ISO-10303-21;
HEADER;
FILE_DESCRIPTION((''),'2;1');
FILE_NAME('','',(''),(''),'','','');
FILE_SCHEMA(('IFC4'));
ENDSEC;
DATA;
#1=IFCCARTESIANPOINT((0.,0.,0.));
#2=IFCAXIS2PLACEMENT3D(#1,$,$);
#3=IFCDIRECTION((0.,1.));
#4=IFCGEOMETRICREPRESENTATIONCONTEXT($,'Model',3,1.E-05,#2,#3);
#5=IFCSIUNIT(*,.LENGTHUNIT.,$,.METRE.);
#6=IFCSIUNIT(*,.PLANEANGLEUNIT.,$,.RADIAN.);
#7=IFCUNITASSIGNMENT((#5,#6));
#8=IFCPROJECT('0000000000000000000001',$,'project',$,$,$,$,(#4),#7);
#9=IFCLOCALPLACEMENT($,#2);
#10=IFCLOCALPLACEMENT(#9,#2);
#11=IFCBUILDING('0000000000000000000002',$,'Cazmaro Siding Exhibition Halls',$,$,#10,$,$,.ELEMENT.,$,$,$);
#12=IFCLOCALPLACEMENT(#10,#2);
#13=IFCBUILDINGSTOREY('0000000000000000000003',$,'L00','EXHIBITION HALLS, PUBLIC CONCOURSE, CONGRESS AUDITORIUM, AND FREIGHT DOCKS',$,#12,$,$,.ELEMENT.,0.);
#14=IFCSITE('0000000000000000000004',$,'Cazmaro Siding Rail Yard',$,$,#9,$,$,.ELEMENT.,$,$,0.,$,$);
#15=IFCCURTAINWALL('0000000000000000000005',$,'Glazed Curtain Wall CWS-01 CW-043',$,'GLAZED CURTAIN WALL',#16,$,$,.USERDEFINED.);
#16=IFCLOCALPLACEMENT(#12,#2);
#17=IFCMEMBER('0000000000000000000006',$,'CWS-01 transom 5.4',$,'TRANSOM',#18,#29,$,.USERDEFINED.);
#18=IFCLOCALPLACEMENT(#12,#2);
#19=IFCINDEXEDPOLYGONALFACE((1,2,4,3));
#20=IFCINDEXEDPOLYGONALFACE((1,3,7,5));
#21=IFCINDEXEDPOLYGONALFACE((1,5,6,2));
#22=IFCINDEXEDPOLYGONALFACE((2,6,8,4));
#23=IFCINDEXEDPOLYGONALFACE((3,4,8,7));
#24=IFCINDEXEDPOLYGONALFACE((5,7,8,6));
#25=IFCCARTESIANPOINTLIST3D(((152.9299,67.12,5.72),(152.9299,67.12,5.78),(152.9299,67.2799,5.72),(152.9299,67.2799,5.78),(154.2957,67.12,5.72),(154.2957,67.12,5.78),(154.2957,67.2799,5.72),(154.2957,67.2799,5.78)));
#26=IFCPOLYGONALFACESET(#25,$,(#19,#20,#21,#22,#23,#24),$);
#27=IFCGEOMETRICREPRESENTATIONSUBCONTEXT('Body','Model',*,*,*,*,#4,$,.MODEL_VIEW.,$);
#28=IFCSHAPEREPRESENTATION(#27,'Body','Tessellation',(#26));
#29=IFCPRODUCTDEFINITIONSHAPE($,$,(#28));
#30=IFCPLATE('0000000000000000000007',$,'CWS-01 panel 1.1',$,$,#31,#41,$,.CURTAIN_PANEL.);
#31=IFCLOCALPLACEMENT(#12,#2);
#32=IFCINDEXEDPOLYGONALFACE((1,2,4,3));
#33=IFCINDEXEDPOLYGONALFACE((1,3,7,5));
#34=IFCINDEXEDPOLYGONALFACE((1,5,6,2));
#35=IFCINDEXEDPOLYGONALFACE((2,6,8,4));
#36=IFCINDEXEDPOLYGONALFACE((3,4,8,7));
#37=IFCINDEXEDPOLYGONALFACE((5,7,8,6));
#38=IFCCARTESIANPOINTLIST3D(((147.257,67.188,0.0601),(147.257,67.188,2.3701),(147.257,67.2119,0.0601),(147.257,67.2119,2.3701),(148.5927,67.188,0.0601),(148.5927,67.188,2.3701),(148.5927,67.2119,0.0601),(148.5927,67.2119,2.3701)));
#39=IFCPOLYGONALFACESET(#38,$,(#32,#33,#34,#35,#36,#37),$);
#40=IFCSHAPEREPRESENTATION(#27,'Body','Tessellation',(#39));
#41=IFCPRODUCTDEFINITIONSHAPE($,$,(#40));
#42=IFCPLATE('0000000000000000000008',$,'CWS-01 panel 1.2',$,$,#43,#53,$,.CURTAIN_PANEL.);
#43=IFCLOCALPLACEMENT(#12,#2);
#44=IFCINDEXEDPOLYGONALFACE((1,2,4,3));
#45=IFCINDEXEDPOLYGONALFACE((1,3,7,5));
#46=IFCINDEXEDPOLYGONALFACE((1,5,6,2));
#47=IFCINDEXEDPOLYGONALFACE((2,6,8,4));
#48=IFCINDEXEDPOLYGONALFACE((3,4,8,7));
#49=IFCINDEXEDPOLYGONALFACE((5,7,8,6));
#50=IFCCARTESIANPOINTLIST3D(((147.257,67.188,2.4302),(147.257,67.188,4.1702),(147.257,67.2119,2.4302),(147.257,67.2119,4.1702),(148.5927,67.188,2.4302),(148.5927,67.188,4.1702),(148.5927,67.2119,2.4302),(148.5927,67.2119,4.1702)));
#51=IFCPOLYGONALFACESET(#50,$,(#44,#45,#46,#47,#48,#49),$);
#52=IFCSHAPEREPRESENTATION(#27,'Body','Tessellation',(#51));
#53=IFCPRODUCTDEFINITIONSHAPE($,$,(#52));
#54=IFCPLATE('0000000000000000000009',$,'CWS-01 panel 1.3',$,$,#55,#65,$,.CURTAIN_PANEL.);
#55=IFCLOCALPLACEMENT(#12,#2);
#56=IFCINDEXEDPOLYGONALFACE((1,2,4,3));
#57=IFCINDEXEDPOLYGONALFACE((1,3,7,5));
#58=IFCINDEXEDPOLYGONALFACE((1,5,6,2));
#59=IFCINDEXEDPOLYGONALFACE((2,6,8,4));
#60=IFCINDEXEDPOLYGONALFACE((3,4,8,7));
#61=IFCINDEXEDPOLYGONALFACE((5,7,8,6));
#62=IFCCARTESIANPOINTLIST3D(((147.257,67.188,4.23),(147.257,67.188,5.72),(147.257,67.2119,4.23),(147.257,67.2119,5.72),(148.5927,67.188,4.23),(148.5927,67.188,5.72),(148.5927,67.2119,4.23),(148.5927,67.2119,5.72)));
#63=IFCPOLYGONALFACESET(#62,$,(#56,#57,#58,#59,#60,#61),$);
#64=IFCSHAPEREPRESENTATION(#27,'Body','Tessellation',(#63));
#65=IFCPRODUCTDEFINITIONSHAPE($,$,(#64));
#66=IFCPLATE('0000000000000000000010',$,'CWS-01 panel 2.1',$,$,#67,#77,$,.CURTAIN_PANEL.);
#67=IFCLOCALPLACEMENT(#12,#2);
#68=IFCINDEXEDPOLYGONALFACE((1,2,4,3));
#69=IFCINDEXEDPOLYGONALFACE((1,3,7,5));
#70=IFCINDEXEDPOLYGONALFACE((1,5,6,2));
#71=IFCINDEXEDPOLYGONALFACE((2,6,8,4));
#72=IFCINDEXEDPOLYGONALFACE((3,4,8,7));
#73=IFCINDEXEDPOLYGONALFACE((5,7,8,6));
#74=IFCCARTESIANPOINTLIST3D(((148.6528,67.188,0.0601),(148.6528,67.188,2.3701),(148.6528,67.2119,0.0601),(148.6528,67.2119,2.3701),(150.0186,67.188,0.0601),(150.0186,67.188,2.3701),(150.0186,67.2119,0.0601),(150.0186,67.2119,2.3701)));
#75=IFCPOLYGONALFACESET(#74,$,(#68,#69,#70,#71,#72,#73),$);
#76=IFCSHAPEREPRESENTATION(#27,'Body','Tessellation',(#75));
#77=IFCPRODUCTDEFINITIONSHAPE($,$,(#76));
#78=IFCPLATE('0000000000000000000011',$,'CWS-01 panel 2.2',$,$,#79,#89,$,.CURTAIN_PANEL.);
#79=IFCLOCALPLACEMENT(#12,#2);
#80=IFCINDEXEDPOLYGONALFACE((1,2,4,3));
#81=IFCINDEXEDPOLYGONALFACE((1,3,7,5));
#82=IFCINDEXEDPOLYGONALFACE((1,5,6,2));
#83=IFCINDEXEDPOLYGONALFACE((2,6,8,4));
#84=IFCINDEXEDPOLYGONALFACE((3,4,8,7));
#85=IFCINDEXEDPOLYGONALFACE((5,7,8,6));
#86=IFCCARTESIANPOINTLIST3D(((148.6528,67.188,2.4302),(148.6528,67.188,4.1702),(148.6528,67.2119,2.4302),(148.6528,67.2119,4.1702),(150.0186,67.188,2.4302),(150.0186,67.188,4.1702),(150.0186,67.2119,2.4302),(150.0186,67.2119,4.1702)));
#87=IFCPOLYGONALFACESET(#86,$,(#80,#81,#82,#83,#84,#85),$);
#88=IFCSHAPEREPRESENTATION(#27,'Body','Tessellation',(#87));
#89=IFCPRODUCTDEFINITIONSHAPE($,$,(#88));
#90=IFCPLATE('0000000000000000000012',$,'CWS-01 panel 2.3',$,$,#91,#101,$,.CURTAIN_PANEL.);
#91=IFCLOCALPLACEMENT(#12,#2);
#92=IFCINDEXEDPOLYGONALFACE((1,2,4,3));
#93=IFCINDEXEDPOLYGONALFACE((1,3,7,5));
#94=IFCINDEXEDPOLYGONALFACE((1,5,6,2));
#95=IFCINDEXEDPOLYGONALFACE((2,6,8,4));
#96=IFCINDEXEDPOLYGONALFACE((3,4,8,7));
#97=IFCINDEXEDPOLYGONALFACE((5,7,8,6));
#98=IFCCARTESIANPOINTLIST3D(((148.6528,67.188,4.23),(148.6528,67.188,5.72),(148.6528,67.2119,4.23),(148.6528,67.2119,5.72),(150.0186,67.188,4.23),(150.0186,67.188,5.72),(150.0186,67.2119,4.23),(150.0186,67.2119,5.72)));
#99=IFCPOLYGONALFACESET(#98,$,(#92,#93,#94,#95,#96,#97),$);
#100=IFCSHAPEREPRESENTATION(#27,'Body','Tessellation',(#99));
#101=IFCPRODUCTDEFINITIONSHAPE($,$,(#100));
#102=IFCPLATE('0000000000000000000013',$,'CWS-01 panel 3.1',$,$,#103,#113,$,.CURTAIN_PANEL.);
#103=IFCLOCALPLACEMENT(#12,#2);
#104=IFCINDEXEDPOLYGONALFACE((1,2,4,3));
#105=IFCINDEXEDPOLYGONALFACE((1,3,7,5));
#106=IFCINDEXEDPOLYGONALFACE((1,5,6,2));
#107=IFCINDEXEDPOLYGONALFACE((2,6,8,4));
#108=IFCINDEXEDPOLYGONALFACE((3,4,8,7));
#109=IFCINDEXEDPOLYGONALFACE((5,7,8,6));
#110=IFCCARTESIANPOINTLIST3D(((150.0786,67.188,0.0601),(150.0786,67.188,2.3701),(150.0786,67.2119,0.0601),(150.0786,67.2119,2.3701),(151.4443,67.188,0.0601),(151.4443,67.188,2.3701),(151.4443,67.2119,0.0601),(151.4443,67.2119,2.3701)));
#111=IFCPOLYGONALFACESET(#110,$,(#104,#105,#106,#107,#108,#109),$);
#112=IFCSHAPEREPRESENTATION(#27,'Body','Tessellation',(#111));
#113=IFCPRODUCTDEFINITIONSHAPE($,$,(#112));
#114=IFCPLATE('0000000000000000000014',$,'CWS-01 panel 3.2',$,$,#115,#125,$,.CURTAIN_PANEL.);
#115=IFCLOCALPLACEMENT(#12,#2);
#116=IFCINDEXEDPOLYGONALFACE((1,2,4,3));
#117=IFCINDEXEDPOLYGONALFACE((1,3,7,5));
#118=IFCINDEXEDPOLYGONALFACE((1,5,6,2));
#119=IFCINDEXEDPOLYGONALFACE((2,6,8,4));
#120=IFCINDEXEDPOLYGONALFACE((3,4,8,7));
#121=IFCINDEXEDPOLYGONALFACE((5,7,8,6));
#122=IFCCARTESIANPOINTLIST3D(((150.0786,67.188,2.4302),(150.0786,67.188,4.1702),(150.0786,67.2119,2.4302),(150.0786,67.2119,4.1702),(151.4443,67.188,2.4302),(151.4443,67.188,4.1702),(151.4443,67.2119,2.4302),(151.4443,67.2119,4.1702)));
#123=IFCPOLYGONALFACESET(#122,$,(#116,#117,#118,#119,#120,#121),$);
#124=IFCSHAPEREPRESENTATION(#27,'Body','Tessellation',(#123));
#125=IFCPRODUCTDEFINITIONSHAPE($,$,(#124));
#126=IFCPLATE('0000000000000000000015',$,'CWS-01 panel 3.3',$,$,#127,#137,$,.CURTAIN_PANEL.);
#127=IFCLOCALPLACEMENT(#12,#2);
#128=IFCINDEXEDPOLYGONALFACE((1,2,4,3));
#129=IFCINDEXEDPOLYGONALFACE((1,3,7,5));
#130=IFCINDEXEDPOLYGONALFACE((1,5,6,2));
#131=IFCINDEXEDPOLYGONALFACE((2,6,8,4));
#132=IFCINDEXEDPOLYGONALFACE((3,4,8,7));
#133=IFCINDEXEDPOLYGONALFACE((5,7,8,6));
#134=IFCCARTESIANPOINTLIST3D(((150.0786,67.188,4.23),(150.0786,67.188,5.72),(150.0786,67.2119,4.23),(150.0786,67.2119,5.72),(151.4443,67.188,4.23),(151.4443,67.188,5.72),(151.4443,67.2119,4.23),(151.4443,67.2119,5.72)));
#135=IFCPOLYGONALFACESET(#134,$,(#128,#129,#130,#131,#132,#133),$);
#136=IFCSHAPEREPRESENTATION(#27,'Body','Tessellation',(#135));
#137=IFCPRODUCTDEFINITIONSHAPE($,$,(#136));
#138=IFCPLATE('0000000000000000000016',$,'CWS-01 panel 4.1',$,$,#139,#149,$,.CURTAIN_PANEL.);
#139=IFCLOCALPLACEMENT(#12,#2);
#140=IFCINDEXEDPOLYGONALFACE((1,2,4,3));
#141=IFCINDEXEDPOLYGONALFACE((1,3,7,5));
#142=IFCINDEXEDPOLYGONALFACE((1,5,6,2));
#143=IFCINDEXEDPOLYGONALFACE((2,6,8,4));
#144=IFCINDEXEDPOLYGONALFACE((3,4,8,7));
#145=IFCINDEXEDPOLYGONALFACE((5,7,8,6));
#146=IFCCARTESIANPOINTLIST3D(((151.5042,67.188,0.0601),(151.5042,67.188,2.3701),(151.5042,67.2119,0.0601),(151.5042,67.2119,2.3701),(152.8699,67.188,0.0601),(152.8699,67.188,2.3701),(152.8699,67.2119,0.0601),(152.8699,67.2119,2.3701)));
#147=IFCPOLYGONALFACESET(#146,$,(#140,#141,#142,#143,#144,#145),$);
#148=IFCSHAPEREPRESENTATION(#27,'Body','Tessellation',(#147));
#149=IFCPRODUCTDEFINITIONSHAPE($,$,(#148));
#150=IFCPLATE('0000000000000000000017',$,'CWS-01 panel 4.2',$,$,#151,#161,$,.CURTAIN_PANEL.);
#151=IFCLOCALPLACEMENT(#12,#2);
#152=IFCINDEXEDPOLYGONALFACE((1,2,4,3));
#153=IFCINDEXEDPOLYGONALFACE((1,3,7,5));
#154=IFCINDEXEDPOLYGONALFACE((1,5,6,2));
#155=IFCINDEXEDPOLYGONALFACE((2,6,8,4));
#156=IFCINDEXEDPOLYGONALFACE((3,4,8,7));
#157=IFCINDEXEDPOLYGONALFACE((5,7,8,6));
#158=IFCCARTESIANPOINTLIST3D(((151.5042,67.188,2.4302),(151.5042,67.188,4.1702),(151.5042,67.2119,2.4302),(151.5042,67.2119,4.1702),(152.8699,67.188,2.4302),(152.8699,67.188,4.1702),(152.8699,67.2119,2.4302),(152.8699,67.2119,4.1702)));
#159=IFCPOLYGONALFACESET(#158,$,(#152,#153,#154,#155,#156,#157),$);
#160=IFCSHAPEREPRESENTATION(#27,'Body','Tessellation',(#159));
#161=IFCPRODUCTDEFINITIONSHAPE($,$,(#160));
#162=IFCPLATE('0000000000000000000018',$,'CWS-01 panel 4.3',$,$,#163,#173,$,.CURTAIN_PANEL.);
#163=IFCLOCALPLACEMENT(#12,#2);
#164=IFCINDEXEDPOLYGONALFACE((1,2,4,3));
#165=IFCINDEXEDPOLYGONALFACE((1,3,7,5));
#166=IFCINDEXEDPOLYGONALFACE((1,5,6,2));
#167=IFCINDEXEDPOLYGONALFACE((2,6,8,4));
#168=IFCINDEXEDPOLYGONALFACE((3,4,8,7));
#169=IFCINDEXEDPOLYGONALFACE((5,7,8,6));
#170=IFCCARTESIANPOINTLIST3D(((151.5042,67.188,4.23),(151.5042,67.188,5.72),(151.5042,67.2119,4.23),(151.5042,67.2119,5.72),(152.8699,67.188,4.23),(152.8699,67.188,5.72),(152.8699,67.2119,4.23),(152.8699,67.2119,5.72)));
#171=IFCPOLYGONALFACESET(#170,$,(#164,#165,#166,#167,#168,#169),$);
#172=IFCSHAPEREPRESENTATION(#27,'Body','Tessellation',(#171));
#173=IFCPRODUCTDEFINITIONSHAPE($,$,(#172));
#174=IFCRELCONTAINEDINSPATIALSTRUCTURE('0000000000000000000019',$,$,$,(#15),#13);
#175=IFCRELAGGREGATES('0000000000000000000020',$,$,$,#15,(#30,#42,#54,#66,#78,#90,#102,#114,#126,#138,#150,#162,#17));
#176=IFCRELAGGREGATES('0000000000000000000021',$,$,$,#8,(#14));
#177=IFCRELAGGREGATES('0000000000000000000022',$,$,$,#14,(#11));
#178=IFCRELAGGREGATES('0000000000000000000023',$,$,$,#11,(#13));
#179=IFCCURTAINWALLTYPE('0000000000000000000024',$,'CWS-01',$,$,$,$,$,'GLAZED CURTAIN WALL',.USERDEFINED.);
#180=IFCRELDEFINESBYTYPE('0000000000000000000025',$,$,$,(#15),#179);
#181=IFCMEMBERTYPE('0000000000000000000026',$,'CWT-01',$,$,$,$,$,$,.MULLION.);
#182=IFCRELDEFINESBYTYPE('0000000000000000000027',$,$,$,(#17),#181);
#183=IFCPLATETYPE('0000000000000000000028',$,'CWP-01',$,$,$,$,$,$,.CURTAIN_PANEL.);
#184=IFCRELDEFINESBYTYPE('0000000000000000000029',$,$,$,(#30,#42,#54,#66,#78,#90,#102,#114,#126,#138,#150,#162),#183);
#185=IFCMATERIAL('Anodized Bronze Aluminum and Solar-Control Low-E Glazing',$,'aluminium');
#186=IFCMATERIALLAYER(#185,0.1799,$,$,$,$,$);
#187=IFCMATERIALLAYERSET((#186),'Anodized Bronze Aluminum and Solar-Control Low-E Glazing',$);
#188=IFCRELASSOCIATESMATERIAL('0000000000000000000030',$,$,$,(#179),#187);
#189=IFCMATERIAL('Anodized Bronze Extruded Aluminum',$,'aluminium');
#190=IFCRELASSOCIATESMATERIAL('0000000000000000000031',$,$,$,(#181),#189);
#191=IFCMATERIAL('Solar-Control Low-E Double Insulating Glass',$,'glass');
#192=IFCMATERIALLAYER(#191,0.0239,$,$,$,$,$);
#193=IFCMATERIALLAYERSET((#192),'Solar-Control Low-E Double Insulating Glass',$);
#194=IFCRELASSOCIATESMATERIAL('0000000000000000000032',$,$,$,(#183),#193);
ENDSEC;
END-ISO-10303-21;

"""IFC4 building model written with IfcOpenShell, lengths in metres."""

from ifc_helpers import new_model, si_unit, direction, frame, origin, origin_2d, place, context, subcontext, project, spatial, rectangle, extrude, material, layer, layer_set, material_profile, profile_set, type_object, element, aggregate, save


model = new_model("IFC4")

# Units and contexts
model_context = context("Model", 3, precision=1e-05, world=origin(), true_north=direction((0.0, 1.0)))
body_context = subcontext(model_context, "Body", "Model", "MODEL_VIEW")
ifc_project = project(units=[si_unit("LENGTHUNIT", "METRE"), si_unit("PLANEANGLEUNIT", "RADIAN")], contexts=[model_context])

# Site, building, storey
site_placement = place(None, origin())
site = spatial("IfcSite", under=ifc_project, at=site_placement, Name="Cazmaro Siding Rail Yard", CompositionType="ELEMENT", RefElevation=0.0)
building_placement = place(site_placement, origin())
building = spatial("IfcBuilding", under=site, at=building_placement, Name="Cazmaro Siding Exhibition Halls", CompositionType="ELEMENT")
storey_placement = place(building_placement, origin())
storey = spatial("IfcBuildingStorey", under=building, at=storey_placement, Name="L00", Description="EXHIBITION HALLS, PUBLIC CONCOURSE, CONGRESS AUDITORIUM, AND FREIGHT DOCKS", CompositionType="ELEMENT", Elevation=0.0)

# Curtain wall, member, plates
ifc_material_1 = material(Name="Anodized Bronze Aluminum and Solar-Control Low-E Glazing", Category="aluminium")
ifc_layer_1 = layer(ifc_material_1, 0.1799)
ifc_layer_set_1 = layer_set([ifc_layer_1], Name="Anodized Bronze Aluminum and Solar-Control Low-E Glazing")
curtain_wall_type = type_object("IfcCurtainWallType", Name="CWS-01", ElementType="GLAZED CURTAIN WALL", PredefinedType="USERDEFINED", material=ifc_layer_set_1)
curtain_wall_placement = place(storey_placement, origin())
curtain_wall = element("IfcCurtainWall", 1, at=curtain_wall_placement, inside=storey, type_object=curtain_wall_type, Name="Glazed Curtain Wall CWS-01 CW-043", ObjectType="GLAZED CURTAIN WALL", PredefinedType="USERDEFINED")
ifc_material_2 = material(Name="Anodized Bronze Extruded Aluminum", Category="aluminium")
ifc_material_profile_1 = material_profile(ifc_material_2, rectangle(XDim=0.1599, YDim=0.0601, at=origin_2d()), Name="CWT-01")
ifc_profile_set_1 = profile_set([ifc_material_profile_1], Name="Anodized Bronze Extruded Aluminum")
member_type_1 = type_object("IfcMemberType", Name="CWT-01", PredefinedType="MULLION", material=ifc_profile_set_1)
member_1_placement = place(storey_placement, frame((152.9299, 67.2, 5.75), z_axis=(1.0, 0.0, 0.0), x_axis=(0.0, 1.0, 0.0)))
member_1 = element("IfcMember", 2, at=member_1_placement, type_object=member_type_1, Name="CWS-01 transom 5.4", ObjectType="TRANSOM", PredefinedType="USERDEFINED", context=body_context, shape_type="SweptSolid", body=[
    extrude(rectangle(XDim=0.1599, YDim=0.0601, at=origin_2d()), origin(), (0.0, 0.0, 1.0), 1.3657),
])
ifc_material_3 = material(Name="Solar-Control Low-E Double Insulating Glass", Category="glass")
ifc_layer_2 = layer(ifc_material_3, 0.0239)
ifc_layer_set_2 = layer_set([ifc_layer_2], Name="Solar-Control Low-E Double Insulating Glass")
plate_type = type_object("IfcPlateType", Name="CWP-01", PredefinedType="CURTAIN_PANEL", material=ifc_layer_set_2)
plate_1_placement = place(storey_placement, frame((147.9248, 67.2, 0.0601), z_axis=(0.0, 0.0, 1.0), x_axis=(1.0, 0.0, 0.0)))
plate_1 = element("IfcPlate", 3, at=plate_1_placement, type_object=plate_type, Name="CWS-01 panel 1.1", PredefinedType="CURTAIN_PANEL", context=body_context, shape_type="SweptSolid", body=[
    extrude(rectangle(XDim=1.3357, YDim=0.0239, at=origin_2d()), origin(), (0.0, 0.0, 1.0), 2.3101),
])
plate_2_placement = place(storey_placement, frame((147.9248, 67.2, 2.4302), z_axis=(0.0, 0.0, 1.0), x_axis=(1.0, 0.0, 0.0)))
plate_2 = element("IfcPlate", 4, at=plate_2_placement, type_object=plate_type, Name="CWS-01 panel 1.2", PredefinedType="CURTAIN_PANEL", context=body_context, shape_type="SweptSolid", body=[
    extrude(rectangle(XDim=1.3357, YDim=0.0239, at=origin_2d()), origin(), (0.0, 0.0, 1.0), 1.74),
])
plate_3_placement = place(storey_placement, frame((147.9248, 67.2, 4.23), z_axis=(0.0, 0.0, 1.0), x_axis=(1.0, 0.0, 0.0)))
plate_3 = element("IfcPlate", 5, at=plate_3_placement, type_object=plate_type, Name="CWS-01 panel 1.3", PredefinedType="CURTAIN_PANEL", context=body_context, shape_type="SweptSolid", body=[
    extrude(rectangle(XDim=1.3357, YDim=0.0239, at=origin_2d()), origin(), (0.0, 0.0, 1.0), 1.49),
])
plate_4_placement = place(storey_placement, frame((149.3357, 67.2, 0.0601), z_axis=(0.0, 0.0, 1.0), x_axis=(1.0, 0.0, 0.0)))
plate_4 = element("IfcPlate", 6, at=plate_4_placement, type_object=plate_type, Name="CWS-01 panel 2.1", PredefinedType="CURTAIN_PANEL", context=body_context, shape_type="SweptSolid", body=[
    extrude(rectangle(XDim=1.3657, YDim=0.0239, at=origin_2d()), origin(), (0.0, 0.0, 1.0), 2.3101),
])
plate_5_placement = place(storey_placement, frame((149.3357, 67.2, 2.4302), z_axis=(0.0, 0.0, 1.0), x_axis=(1.0, 0.0, 0.0)))
plate_5 = element("IfcPlate", 7, at=plate_5_placement, type_object=plate_type, Name="CWS-01 panel 2.2", PredefinedType="CURTAIN_PANEL", context=body_context, shape_type="SweptSolid", body=[
    extrude(rectangle(XDim=1.3657, YDim=0.0239, at=origin_2d()), origin(), (0.0, 0.0, 1.0), 1.74),
])
plate_6_placement = place(storey_placement, frame((149.3357, 67.2, 4.23), z_axis=(0.0, 0.0, 1.0), x_axis=(1.0, 0.0, 0.0)))
plate_6 = element("IfcPlate", 8, at=plate_6_placement, type_object=plate_type, Name="CWS-01 panel 2.3", PredefinedType="CURTAIN_PANEL", context=body_context, shape_type="SweptSolid", body=[
    extrude(rectangle(XDim=1.3657, YDim=0.0239, at=origin_2d()), origin(), (0.0, 0.0, 1.0), 1.49),
])
plate_7_placement = place(storey_placement, frame((150.7615, 67.2, 0.0601), z_axis=(0.0, 0.0, 1.0), x_axis=(1.0, 0.0, 0.0)))
plate_7 = element("IfcPlate", 9, at=plate_7_placement, type_object=plate_type, Name="CWS-01 panel 3.1", PredefinedType="CURTAIN_PANEL", context=body_context, shape_type="SweptSolid", body=[
    extrude(rectangle(XDim=1.3657, YDim=0.0239, at=origin_2d()), origin(), (0.0, 0.0, 1.0), 2.3101),
])
plate_8_placement = place(storey_placement, frame((150.7615, 67.2, 2.4302), z_axis=(0.0, 0.0, 1.0), x_axis=(1.0, 0.0, 0.0)))
plate_8 = element("IfcPlate", 10, at=plate_8_placement, type_object=plate_type, Name="CWS-01 panel 3.2", PredefinedType="CURTAIN_PANEL", context=body_context, shape_type="SweptSolid", body=[
    extrude(rectangle(XDim=1.3657, YDim=0.0239, at=origin_2d()), origin(), (0.0, 0.0, 1.0), 1.74),
])
plate_9_placement = place(storey_placement, frame((150.7615, 67.2, 4.23), z_axis=(0.0, 0.0, 1.0), x_axis=(1.0, 0.0, 0.0)))
plate_9 = element("IfcPlate", 11, at=plate_9_placement, type_object=plate_type, Name="CWS-01 panel 3.3", PredefinedType="CURTAIN_PANEL", context=body_context, shape_type="SweptSolid", body=[
    extrude(rectangle(XDim=1.3657, YDim=0.0239, at=origin_2d()), origin(), (0.0, 0.0, 1.0), 1.49),
])
plate_10_placement = place(storey_placement, frame((152.187, 67.2, 0.0601), z_axis=(0.0, 0.0, 1.0), x_axis=(1.0, 0.0, 0.0)))
plate_10 = element("IfcPlate", 12, at=plate_10_placement, type_object=plate_type, Name="CWS-01 panel 4.1", PredefinedType="CURTAIN_PANEL", context=body_context, shape_type="SweptSolid", body=[
    extrude(rectangle(XDim=1.3657, YDim=0.0239, at=origin_2d()), origin(), (0.0, 0.0, 1.0), 2.3101),
])
plate_11_placement = place(storey_placement, frame((152.187, 67.2, 2.4302), z_axis=(0.0, 0.0, 1.0), x_axis=(1.0, 0.0, 0.0)))
plate_11 = element("IfcPlate", 13, at=plate_11_placement, type_object=plate_type, Name="CWS-01 panel 4.2", PredefinedType="CURTAIN_PANEL", context=body_context, shape_type="SweptSolid", body=[
    extrude(rectangle(XDim=1.3657, YDim=0.0239, at=origin_2d()), origin(), (0.0, 0.0, 1.0), 1.74),
])
plate_12_placement = place(storey_placement, frame((152.187, 67.2, 4.23), z_axis=(0.0, 0.0, 1.0), x_axis=(1.0, 0.0, 0.0)))
plate_12 = element("IfcPlate", 14, at=plate_12_placement, type_object=plate_type, Name="CWS-01 panel 4.3", PredefinedType="CURTAIN_PANEL", context=body_context, shape_type="SweptSolid", body=[
    extrude(rectangle(XDim=1.3657, YDim=0.0239, at=origin_2d()), origin(), (0.0, 0.0, 1.0), 1.49),
])
aggregate(curtain_wall, [plate_1, plate_2, plate_3, plate_4, plate_5, plate_6, plate_7, plate_8, plate_9, plate_10, plate_11, plate_12, member_1])

save(model, "model.ifc")
